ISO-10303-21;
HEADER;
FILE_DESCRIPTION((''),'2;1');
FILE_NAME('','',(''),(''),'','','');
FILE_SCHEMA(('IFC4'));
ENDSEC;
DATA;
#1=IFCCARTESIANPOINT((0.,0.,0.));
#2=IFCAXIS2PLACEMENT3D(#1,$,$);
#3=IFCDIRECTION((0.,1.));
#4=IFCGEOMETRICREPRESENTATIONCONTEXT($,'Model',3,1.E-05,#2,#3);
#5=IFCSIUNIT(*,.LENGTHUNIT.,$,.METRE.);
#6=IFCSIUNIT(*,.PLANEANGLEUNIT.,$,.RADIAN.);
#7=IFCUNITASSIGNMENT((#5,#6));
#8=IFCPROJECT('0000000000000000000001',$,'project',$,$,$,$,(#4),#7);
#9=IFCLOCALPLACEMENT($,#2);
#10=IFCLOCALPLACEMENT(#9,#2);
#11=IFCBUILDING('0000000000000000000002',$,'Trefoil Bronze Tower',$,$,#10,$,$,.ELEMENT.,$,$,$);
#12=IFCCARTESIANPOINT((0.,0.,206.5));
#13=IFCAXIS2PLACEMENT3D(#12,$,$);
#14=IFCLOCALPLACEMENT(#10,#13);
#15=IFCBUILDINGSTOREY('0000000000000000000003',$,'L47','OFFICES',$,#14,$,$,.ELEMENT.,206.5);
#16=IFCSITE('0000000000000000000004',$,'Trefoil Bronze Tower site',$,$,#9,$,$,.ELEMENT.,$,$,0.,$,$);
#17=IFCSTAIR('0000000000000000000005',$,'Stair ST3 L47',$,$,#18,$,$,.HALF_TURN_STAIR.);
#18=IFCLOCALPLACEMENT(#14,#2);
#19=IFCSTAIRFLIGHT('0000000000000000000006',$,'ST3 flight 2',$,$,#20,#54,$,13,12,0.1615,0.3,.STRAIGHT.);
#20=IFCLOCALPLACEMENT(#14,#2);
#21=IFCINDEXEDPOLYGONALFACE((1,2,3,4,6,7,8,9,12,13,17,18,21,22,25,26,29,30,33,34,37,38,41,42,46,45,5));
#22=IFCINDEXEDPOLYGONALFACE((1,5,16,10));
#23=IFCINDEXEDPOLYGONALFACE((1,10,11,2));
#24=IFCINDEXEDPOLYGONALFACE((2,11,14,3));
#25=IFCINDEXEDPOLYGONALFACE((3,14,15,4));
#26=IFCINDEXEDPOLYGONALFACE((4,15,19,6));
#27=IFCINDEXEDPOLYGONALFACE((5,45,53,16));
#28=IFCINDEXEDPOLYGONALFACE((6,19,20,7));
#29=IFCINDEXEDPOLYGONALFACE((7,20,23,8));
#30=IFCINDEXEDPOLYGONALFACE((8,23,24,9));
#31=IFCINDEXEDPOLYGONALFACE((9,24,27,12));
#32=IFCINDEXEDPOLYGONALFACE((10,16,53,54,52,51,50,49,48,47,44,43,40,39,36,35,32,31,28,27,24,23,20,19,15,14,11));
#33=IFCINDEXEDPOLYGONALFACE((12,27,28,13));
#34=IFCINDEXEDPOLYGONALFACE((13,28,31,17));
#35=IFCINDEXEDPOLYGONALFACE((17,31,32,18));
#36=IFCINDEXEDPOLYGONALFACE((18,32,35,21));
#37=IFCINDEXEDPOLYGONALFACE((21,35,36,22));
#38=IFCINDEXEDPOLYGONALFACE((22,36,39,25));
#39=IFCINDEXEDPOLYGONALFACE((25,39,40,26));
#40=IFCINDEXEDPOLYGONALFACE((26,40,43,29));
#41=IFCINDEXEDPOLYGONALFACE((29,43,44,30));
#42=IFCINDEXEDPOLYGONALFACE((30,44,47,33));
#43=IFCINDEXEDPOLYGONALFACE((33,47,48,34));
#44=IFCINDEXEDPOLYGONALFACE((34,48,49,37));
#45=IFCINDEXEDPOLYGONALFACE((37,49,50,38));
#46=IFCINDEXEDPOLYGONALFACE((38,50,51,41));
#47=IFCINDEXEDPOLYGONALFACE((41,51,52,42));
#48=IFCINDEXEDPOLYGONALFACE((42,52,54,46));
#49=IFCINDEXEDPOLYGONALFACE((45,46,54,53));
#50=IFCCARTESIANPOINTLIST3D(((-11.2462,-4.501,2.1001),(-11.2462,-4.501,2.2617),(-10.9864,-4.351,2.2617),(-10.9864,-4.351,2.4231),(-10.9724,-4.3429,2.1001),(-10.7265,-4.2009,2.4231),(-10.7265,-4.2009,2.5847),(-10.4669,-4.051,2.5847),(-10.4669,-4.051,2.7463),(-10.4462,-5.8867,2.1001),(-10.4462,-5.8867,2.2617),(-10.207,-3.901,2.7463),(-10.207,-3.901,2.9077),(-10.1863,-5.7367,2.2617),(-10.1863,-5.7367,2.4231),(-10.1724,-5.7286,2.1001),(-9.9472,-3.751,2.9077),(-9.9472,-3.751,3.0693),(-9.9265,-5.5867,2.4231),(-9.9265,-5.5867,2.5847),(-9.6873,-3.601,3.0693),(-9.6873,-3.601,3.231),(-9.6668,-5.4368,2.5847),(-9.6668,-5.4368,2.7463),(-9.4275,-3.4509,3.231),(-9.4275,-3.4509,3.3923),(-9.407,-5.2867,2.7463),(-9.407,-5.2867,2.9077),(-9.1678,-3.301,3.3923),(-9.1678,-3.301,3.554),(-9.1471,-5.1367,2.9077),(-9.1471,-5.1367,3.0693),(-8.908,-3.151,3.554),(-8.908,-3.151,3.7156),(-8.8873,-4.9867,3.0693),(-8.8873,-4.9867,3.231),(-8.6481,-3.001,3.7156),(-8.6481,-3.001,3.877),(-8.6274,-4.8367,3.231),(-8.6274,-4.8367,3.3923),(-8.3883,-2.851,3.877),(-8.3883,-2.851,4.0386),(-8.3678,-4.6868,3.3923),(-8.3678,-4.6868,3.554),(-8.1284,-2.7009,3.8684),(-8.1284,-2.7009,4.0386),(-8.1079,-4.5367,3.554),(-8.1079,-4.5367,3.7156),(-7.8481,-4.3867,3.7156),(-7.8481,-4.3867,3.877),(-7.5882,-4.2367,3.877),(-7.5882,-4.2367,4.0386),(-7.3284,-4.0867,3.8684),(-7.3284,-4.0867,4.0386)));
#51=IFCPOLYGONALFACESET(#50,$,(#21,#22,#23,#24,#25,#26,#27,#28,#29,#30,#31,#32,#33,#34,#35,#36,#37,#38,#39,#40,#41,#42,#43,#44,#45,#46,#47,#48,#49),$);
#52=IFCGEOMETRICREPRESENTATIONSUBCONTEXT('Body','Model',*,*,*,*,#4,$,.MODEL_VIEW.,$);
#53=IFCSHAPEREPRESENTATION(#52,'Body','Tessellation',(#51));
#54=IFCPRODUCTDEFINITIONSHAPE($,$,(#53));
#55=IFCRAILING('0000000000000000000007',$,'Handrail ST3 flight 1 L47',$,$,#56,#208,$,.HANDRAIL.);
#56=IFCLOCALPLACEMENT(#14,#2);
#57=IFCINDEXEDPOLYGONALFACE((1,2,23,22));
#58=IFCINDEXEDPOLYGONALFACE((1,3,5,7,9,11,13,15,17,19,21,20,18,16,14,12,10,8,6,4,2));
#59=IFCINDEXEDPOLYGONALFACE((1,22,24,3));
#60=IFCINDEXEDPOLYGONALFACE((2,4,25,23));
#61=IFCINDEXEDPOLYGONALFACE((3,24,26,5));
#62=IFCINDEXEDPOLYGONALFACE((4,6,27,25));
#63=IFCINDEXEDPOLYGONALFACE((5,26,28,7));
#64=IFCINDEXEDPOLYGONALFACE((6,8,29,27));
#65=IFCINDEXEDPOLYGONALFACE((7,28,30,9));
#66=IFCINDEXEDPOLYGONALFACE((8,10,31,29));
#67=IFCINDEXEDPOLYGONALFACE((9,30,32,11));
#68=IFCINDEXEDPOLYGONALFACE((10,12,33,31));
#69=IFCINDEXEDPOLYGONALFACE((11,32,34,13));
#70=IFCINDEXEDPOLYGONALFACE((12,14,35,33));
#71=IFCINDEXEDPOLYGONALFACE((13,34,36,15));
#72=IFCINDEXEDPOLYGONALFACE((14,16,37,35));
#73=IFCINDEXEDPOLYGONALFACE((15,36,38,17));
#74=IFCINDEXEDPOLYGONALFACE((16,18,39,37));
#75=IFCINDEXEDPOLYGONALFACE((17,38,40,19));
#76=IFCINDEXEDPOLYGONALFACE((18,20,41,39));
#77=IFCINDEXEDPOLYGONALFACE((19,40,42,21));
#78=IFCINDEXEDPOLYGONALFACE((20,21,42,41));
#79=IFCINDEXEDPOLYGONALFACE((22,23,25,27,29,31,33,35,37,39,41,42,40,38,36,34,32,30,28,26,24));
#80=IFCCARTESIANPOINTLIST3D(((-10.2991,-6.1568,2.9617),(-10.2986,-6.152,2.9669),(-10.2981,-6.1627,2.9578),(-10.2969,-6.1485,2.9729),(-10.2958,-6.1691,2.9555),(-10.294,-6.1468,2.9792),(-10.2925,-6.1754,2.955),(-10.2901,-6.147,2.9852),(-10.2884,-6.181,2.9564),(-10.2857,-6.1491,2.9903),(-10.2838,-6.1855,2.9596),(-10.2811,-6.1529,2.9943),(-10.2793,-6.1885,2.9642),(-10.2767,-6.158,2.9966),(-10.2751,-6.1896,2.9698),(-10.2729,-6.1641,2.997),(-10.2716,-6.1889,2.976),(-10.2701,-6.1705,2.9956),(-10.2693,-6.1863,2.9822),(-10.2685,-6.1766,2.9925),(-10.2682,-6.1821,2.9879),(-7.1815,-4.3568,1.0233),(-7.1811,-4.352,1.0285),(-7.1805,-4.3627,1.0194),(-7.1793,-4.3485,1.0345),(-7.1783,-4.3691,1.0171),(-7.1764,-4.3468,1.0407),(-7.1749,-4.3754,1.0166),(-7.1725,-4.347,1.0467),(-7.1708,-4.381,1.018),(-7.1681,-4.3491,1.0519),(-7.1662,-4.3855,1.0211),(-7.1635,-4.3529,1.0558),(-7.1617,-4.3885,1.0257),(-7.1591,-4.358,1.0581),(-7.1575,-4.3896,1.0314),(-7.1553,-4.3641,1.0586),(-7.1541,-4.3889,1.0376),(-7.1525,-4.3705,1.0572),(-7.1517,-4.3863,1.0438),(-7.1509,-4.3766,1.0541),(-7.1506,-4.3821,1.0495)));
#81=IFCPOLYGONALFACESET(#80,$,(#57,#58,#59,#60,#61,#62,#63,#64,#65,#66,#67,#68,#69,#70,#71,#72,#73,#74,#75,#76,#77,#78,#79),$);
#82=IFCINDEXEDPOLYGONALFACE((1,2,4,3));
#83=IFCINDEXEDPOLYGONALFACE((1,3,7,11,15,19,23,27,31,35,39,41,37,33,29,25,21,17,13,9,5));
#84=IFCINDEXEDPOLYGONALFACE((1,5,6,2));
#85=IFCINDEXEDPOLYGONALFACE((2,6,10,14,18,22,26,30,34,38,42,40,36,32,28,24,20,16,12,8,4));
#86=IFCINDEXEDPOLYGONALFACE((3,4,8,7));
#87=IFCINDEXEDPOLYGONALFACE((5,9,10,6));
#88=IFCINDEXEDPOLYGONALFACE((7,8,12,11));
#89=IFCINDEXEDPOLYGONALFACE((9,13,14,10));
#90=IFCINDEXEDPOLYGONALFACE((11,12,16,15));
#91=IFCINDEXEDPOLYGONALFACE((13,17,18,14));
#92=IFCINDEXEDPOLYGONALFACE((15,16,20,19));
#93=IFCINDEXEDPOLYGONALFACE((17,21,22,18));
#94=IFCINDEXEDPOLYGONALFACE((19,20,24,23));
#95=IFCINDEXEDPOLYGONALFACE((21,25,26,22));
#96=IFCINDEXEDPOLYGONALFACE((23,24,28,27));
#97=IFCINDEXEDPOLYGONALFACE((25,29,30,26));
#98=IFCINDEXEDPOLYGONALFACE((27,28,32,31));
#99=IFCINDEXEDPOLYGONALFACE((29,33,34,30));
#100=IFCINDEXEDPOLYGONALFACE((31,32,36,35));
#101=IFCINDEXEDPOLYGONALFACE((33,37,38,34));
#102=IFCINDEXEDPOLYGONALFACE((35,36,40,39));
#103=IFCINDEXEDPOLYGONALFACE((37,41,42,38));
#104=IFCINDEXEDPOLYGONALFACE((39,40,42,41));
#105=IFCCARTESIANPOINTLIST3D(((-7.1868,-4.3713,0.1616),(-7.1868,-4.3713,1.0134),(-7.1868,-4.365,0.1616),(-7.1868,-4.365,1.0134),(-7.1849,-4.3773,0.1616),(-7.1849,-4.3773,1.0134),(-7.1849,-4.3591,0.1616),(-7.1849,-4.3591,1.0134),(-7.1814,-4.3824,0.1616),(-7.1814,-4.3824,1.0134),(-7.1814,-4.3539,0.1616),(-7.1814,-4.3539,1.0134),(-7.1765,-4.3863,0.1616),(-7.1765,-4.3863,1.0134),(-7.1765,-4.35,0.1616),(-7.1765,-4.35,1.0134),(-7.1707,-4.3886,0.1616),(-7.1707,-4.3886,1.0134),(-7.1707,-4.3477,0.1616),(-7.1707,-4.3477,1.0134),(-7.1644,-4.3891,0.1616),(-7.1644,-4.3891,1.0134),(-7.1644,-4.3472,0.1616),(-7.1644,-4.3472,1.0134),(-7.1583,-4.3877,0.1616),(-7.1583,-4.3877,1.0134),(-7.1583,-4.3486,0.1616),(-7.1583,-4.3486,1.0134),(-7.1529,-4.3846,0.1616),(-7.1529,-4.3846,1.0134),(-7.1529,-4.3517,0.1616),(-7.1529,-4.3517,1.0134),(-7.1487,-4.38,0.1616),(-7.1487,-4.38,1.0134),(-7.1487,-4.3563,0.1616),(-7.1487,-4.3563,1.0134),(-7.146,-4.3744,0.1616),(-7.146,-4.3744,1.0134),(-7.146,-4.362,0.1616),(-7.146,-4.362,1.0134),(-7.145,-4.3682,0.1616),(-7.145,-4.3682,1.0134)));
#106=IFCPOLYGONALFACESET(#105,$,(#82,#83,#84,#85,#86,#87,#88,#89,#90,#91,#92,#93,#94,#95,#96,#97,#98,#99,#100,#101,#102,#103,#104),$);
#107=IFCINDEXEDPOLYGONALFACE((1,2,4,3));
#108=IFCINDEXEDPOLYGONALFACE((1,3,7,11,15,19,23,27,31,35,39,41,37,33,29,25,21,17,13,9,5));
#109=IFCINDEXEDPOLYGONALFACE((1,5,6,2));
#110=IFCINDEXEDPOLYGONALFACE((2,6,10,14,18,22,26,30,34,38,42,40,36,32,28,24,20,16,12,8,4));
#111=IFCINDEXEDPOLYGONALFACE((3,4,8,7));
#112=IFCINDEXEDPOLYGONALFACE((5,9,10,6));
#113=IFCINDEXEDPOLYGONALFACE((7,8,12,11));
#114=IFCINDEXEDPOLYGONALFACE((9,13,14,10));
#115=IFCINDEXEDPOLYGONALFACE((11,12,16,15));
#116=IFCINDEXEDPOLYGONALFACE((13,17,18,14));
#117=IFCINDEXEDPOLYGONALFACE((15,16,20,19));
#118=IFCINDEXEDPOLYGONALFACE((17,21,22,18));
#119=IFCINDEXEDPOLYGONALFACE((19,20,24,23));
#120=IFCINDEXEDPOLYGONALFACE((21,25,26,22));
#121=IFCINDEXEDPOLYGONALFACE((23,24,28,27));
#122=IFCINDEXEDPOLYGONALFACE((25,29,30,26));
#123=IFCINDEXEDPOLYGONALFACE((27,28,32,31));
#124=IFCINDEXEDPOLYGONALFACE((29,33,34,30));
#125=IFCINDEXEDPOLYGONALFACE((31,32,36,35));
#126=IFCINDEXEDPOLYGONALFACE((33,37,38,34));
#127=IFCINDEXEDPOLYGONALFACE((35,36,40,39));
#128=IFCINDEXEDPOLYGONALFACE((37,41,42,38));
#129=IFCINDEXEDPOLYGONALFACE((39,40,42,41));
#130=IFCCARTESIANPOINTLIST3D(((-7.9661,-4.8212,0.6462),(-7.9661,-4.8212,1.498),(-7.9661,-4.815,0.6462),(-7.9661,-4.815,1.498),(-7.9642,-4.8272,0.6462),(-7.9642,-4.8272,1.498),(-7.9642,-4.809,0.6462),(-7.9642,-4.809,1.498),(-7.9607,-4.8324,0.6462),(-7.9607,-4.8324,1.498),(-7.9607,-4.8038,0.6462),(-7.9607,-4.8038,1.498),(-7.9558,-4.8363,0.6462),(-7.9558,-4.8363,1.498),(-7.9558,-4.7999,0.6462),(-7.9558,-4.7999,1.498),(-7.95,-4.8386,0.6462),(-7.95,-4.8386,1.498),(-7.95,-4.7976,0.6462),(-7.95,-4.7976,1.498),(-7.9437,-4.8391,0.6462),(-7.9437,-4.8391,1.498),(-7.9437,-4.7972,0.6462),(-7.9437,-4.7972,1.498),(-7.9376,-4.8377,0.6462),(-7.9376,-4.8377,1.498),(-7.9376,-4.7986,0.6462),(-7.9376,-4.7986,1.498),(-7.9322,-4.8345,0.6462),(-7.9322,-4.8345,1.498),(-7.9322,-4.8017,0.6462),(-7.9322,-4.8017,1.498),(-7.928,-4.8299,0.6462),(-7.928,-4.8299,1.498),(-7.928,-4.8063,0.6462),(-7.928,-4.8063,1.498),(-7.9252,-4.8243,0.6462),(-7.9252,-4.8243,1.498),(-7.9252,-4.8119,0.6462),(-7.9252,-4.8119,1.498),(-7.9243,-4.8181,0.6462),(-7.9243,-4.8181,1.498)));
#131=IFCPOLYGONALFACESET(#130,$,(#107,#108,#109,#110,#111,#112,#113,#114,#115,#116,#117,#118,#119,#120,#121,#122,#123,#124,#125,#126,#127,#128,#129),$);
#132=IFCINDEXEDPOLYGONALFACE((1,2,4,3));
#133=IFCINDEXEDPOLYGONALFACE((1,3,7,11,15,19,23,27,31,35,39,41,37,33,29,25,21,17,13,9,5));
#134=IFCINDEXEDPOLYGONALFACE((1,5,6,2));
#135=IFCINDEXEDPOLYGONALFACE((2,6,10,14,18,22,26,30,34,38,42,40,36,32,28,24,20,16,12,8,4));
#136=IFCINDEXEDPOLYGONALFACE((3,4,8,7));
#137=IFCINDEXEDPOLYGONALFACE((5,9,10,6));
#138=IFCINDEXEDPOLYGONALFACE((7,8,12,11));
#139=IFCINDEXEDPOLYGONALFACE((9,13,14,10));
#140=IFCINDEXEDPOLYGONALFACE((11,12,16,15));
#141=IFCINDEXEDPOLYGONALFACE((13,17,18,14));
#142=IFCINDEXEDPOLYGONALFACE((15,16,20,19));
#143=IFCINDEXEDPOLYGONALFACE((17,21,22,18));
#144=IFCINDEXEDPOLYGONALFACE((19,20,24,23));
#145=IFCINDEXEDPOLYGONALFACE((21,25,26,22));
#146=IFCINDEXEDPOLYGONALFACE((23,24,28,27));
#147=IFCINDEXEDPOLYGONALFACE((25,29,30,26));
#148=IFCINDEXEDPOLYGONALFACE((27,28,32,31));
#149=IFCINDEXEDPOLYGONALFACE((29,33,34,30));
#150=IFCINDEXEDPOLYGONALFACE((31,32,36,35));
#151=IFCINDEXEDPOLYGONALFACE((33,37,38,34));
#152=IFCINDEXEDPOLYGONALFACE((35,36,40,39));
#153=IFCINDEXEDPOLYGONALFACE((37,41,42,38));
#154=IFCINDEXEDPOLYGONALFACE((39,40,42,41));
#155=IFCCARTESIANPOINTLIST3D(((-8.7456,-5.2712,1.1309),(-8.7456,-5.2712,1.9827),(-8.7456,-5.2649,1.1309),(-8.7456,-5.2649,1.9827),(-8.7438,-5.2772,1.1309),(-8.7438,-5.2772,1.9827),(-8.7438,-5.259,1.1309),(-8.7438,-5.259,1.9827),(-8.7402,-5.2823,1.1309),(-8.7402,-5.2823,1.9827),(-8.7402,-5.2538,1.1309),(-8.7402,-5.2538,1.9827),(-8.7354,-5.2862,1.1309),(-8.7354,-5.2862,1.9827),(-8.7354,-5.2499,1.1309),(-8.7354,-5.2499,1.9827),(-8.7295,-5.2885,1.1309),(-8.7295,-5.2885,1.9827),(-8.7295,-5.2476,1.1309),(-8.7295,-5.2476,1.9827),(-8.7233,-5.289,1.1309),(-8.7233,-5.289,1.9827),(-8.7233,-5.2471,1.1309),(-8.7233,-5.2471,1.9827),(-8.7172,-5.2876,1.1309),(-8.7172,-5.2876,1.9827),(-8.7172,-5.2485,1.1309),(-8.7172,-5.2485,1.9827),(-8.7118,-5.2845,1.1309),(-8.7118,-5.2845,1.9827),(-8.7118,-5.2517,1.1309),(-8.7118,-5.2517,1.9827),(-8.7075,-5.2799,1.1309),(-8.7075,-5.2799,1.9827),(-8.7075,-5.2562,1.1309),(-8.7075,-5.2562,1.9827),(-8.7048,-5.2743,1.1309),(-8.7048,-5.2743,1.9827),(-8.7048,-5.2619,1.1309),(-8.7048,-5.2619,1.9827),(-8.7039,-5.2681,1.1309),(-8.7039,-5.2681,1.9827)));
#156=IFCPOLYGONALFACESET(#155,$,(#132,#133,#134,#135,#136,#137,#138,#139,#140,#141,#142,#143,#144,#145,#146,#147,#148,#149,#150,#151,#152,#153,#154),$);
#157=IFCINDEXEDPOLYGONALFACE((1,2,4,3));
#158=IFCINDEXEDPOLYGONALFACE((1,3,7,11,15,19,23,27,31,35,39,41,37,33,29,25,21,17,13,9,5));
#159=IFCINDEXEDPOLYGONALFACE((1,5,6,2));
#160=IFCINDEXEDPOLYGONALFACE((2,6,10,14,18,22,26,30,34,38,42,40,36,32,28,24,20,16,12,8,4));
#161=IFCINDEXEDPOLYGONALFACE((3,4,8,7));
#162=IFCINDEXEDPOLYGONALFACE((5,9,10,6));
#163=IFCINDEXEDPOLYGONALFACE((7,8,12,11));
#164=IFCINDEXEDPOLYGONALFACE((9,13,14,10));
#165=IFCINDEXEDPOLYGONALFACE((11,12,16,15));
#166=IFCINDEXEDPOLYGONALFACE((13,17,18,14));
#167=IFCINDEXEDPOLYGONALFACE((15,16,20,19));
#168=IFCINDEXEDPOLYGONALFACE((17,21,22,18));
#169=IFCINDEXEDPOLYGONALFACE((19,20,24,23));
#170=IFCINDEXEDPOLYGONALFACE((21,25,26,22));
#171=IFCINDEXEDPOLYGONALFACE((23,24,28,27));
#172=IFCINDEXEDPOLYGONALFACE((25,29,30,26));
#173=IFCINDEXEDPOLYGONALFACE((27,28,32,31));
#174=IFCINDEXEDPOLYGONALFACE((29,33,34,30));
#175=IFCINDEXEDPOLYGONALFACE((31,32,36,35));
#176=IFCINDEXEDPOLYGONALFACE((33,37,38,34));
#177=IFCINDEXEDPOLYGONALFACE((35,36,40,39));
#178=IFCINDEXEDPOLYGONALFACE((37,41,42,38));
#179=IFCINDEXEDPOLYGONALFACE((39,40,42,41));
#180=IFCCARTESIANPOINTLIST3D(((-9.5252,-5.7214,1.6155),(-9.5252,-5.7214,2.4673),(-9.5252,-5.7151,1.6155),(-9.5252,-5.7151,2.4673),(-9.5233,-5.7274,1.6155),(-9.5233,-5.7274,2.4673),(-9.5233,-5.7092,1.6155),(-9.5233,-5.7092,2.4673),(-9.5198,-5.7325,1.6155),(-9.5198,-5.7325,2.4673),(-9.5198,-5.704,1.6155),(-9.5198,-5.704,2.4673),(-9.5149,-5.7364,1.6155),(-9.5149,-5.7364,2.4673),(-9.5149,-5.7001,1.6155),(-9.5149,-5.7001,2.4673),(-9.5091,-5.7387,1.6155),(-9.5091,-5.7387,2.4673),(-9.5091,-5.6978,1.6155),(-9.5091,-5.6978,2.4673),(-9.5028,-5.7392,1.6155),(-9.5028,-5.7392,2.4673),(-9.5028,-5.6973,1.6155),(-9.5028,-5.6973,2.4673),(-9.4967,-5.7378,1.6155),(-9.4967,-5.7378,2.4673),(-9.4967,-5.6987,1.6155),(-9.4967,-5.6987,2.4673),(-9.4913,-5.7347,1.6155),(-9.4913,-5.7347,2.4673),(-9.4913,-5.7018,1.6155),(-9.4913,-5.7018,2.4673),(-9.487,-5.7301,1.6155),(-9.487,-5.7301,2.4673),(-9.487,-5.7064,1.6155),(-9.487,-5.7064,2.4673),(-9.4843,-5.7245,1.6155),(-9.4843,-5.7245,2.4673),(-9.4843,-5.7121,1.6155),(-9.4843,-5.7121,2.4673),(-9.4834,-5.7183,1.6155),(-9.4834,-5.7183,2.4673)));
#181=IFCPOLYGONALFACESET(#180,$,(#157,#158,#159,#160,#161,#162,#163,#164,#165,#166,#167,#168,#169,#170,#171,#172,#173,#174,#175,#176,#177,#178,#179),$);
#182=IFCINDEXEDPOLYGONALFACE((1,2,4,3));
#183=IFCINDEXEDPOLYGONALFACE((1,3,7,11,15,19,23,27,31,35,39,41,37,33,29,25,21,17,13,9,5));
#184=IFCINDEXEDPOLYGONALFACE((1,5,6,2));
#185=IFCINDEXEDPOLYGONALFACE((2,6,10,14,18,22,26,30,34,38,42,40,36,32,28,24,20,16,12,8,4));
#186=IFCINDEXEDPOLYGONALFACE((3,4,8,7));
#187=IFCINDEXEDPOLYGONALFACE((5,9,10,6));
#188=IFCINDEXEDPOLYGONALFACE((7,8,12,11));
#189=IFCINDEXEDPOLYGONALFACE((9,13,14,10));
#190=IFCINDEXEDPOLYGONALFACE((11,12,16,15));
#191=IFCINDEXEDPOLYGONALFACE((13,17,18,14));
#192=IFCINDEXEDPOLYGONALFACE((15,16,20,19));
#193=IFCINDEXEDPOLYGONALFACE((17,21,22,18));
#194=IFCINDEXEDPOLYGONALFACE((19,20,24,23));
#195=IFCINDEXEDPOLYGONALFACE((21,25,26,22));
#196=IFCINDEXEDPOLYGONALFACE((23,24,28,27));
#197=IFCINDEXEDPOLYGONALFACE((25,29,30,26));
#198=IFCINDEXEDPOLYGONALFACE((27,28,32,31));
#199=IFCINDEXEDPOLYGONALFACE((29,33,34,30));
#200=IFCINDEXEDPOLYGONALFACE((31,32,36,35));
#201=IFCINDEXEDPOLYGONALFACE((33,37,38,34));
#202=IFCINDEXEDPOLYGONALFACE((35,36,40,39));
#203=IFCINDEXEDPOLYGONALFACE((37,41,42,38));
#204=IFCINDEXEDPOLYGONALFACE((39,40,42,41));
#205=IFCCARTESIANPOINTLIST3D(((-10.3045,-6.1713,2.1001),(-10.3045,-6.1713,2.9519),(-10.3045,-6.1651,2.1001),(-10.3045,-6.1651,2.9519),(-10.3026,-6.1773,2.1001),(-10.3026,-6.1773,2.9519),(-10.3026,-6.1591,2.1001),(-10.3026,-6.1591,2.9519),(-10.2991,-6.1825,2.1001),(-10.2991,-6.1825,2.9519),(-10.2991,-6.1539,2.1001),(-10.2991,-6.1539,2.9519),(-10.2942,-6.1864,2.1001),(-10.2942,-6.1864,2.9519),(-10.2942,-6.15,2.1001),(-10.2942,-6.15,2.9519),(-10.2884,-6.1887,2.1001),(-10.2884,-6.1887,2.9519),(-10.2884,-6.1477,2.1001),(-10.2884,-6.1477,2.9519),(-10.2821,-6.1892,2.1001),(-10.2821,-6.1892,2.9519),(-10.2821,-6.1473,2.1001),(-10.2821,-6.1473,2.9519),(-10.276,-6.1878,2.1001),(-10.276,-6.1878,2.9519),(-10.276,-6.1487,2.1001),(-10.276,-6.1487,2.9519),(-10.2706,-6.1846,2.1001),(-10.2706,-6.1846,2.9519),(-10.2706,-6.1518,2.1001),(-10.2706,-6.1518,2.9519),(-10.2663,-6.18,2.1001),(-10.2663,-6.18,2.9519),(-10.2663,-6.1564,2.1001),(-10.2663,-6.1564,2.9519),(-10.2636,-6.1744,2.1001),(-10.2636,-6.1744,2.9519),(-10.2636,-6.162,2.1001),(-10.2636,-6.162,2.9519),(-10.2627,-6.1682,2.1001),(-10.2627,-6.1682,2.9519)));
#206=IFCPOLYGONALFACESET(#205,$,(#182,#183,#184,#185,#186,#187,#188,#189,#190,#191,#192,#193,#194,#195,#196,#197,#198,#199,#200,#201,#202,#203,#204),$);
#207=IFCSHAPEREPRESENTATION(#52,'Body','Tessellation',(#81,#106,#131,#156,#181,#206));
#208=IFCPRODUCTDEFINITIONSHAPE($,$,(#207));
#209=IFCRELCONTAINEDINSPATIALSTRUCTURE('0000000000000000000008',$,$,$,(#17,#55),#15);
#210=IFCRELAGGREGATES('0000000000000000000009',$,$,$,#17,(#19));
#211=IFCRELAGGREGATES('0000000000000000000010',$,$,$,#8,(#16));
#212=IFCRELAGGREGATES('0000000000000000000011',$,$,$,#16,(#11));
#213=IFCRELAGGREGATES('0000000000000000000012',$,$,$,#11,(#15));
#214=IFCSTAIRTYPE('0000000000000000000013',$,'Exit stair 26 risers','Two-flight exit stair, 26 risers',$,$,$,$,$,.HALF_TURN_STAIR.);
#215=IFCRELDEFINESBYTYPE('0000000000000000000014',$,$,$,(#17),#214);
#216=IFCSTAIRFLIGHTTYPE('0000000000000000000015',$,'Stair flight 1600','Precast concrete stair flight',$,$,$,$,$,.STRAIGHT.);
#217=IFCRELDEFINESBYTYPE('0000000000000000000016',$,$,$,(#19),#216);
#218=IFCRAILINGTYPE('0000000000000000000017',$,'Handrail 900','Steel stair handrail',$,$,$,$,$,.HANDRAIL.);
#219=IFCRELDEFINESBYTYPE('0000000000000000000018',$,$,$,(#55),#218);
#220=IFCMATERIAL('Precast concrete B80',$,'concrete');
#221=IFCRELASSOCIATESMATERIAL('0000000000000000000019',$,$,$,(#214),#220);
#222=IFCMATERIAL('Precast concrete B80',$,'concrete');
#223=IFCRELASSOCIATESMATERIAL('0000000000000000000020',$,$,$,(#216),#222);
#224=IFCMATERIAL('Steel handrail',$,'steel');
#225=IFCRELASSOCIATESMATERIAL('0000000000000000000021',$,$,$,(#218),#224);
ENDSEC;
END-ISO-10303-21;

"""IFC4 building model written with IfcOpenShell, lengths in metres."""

from ifc_helpers import new_model, si_unit, direction, frame, origin, origin_2d, place, context, subcontext, project, spatial, polyline, circle, outline, extrude, material, type_object, element, aggregate, save


model = new_model("IFC4")

# Units and contexts
model_context = context("Model", 3, precision=1e-05, world=origin(), true_north=direction((0.0, 1.0)))
body_context = subcontext(model_context, "Body", "Model", "MODEL_VIEW")
ifc_project = project(units=[si_unit("LENGTHUNIT", "METRE"), si_unit("PLANEANGLEUNIT", "RADIAN")], contexts=[model_context])

# Site, building, storey
site_placement = place(None, origin())
site = spatial("IfcSite", under=ifc_project, at=site_placement, Name="Trefoil Bronze Tower site", CompositionType="ELEMENT", RefElevation=0.0)
building_placement = place(site_placement, origin())
building = spatial("IfcBuilding", under=site, at=building_placement, Name="Trefoil Bronze Tower", CompositionType="ELEMENT")
storey_placement = place(building_placement, frame((0.0, 0.0, 206.5)))
storey = spatial("IfcBuildingStorey", under=building, at=storey_placement, Name="L47", Description="OFFICES", CompositionType="ELEMENT", Elevation=206.5)

# Stair, stair flight
ifc_material_1 = material(Name="Precast concrete B80", Category="concrete")
stair_type = type_object("IfcStairType", Name="Exit stair 26 risers", Description="Two-flight exit stair, 26 risers", PredefinedType="HALF_TURN_STAIR", material=ifc_material_1)
stair_placement = place(storey_placement, origin())
stair = element("IfcStair", 1, at=stair_placement, inside=storey, type_object=stair_type, Name="Stair ST3 L47", PredefinedType="HALF_TURN_STAIR")
ifc_material_2 = material(Name="Precast concrete B80", Category="concrete")
stair_flight_type = type_object("IfcStairFlightType", Name="Stair flight 1600", Description="Precast concrete stair flight", PredefinedType="STRAIGHT", material=ifc_material_2)
stair_flight_1_placement = place(storey_placement, frame((-10.8462, -5.1938, 2.1001), z_axis=(0.0, 0.0, 1.0), x_axis=(0.866025, 0.5, 0.0)))
stair_flight_1 = element("IfcStairFlight", 2, at=stair_flight_1_placement, type_object=stair_flight_type, Name="ST3 flight 2", NumberOfRisers=13, NumberOfTreads=12, PredefinedType="STRAIGHT", RiserHeight=0.1615, TreadLength=0.3, context=body_context, shape_type="SweptSolid", body=[
    extrude(outline(polyline([(0.0, 0.0), (0.0, 0.1616), (0.3, 0.1616), (0.3, 0.323), (0.6001, 0.323), (0.6001, 0.4846), (0.8999, 0.4846), (0.8999, 0.6462), (1.2, 0.6462), (1.2, 0.8076), (1.5, 0.8076), (1.5, 0.9692), (1.8, 0.9692), (1.8, 1.1309), (2.1001, 1.1309), (2.1001, 1.2922), (2.3999, 1.2922), (2.3999, 1.4539), (2.7, 1.4539), (2.7, 1.6155), (3.0, 1.6155), (3.0, 1.7769), (3.3, 1.7769), (3.3, 1.9385), (3.6001, 1.9385), (3.6001, 2.1001), (3.6001, 1.7683), (0.3162, 0.0), (0.0, 0.0)])), frame((0.0, 0.8, 0.0), z_axis=(0.0, -1.0, 0.0), x_axis=(1.0, 0.0, 0.0)), (0.0, 0.0, 1.0), 1.6001),
])
aggregate(stair, [stair_flight_1])

# Railing
ifc_material_3 = material(Name="Steel handrail", Category="steel")
railing_type = type_object("IfcRailingType", Name="Handrail 900", Description="Steel stair handrail", PredefinedType="HANDRAIL", material=ifc_material_3)
railing_1_placement = place(storey_placement, frame((-7.166, -4.3682, 0.1616)))
element("IfcRailing", 3, at=railing_1_placement, inside=storey, type_object=railing_type, Name="Handrail ST3 flight 1 L47", PredefinedType="HANDRAIL", context=body_context, shape_type="SweptSolid", body=[
    extrude(circle(Radius=0.0239, at=origin_2d()), frame((0.0, 0.0, 0.876), z_axis=(-0.762503, -0.440246, 0.474102), x_axis=(0.500012, -0.866018, 0.0)), (0.0, 0.0, 1.0), 4.0886),
    extrude(circle(Radius=0.021, at=origin_2d()), origin(), (0.0, 0.0, 1.0), 0.8518),
    extrude(circle(Radius=0.021, at=origin_2d()), frame((-0.7793, -0.45, 0.4846)), (0.0, 0.0, 1.0), 0.8518),
    extrude(circle(Radius=0.021, at=origin_2d()), frame((-1.5588, -0.8999, 0.9692)), (0.0, 0.0, 1.0), 0.8518),
    extrude(circle(Radius=0.021, at=origin_2d()), frame((-2.3384, -1.3501, 1.4539)), (0.0, 0.0, 1.0), 0.8518),
    extrude(circle(Radius=0.021, at=origin_2d()), frame((-3.1177, -1.8, 1.9385)), (0.0, 0.0, 1.0), 0.8518),
])

save(model, "model.ifc")
